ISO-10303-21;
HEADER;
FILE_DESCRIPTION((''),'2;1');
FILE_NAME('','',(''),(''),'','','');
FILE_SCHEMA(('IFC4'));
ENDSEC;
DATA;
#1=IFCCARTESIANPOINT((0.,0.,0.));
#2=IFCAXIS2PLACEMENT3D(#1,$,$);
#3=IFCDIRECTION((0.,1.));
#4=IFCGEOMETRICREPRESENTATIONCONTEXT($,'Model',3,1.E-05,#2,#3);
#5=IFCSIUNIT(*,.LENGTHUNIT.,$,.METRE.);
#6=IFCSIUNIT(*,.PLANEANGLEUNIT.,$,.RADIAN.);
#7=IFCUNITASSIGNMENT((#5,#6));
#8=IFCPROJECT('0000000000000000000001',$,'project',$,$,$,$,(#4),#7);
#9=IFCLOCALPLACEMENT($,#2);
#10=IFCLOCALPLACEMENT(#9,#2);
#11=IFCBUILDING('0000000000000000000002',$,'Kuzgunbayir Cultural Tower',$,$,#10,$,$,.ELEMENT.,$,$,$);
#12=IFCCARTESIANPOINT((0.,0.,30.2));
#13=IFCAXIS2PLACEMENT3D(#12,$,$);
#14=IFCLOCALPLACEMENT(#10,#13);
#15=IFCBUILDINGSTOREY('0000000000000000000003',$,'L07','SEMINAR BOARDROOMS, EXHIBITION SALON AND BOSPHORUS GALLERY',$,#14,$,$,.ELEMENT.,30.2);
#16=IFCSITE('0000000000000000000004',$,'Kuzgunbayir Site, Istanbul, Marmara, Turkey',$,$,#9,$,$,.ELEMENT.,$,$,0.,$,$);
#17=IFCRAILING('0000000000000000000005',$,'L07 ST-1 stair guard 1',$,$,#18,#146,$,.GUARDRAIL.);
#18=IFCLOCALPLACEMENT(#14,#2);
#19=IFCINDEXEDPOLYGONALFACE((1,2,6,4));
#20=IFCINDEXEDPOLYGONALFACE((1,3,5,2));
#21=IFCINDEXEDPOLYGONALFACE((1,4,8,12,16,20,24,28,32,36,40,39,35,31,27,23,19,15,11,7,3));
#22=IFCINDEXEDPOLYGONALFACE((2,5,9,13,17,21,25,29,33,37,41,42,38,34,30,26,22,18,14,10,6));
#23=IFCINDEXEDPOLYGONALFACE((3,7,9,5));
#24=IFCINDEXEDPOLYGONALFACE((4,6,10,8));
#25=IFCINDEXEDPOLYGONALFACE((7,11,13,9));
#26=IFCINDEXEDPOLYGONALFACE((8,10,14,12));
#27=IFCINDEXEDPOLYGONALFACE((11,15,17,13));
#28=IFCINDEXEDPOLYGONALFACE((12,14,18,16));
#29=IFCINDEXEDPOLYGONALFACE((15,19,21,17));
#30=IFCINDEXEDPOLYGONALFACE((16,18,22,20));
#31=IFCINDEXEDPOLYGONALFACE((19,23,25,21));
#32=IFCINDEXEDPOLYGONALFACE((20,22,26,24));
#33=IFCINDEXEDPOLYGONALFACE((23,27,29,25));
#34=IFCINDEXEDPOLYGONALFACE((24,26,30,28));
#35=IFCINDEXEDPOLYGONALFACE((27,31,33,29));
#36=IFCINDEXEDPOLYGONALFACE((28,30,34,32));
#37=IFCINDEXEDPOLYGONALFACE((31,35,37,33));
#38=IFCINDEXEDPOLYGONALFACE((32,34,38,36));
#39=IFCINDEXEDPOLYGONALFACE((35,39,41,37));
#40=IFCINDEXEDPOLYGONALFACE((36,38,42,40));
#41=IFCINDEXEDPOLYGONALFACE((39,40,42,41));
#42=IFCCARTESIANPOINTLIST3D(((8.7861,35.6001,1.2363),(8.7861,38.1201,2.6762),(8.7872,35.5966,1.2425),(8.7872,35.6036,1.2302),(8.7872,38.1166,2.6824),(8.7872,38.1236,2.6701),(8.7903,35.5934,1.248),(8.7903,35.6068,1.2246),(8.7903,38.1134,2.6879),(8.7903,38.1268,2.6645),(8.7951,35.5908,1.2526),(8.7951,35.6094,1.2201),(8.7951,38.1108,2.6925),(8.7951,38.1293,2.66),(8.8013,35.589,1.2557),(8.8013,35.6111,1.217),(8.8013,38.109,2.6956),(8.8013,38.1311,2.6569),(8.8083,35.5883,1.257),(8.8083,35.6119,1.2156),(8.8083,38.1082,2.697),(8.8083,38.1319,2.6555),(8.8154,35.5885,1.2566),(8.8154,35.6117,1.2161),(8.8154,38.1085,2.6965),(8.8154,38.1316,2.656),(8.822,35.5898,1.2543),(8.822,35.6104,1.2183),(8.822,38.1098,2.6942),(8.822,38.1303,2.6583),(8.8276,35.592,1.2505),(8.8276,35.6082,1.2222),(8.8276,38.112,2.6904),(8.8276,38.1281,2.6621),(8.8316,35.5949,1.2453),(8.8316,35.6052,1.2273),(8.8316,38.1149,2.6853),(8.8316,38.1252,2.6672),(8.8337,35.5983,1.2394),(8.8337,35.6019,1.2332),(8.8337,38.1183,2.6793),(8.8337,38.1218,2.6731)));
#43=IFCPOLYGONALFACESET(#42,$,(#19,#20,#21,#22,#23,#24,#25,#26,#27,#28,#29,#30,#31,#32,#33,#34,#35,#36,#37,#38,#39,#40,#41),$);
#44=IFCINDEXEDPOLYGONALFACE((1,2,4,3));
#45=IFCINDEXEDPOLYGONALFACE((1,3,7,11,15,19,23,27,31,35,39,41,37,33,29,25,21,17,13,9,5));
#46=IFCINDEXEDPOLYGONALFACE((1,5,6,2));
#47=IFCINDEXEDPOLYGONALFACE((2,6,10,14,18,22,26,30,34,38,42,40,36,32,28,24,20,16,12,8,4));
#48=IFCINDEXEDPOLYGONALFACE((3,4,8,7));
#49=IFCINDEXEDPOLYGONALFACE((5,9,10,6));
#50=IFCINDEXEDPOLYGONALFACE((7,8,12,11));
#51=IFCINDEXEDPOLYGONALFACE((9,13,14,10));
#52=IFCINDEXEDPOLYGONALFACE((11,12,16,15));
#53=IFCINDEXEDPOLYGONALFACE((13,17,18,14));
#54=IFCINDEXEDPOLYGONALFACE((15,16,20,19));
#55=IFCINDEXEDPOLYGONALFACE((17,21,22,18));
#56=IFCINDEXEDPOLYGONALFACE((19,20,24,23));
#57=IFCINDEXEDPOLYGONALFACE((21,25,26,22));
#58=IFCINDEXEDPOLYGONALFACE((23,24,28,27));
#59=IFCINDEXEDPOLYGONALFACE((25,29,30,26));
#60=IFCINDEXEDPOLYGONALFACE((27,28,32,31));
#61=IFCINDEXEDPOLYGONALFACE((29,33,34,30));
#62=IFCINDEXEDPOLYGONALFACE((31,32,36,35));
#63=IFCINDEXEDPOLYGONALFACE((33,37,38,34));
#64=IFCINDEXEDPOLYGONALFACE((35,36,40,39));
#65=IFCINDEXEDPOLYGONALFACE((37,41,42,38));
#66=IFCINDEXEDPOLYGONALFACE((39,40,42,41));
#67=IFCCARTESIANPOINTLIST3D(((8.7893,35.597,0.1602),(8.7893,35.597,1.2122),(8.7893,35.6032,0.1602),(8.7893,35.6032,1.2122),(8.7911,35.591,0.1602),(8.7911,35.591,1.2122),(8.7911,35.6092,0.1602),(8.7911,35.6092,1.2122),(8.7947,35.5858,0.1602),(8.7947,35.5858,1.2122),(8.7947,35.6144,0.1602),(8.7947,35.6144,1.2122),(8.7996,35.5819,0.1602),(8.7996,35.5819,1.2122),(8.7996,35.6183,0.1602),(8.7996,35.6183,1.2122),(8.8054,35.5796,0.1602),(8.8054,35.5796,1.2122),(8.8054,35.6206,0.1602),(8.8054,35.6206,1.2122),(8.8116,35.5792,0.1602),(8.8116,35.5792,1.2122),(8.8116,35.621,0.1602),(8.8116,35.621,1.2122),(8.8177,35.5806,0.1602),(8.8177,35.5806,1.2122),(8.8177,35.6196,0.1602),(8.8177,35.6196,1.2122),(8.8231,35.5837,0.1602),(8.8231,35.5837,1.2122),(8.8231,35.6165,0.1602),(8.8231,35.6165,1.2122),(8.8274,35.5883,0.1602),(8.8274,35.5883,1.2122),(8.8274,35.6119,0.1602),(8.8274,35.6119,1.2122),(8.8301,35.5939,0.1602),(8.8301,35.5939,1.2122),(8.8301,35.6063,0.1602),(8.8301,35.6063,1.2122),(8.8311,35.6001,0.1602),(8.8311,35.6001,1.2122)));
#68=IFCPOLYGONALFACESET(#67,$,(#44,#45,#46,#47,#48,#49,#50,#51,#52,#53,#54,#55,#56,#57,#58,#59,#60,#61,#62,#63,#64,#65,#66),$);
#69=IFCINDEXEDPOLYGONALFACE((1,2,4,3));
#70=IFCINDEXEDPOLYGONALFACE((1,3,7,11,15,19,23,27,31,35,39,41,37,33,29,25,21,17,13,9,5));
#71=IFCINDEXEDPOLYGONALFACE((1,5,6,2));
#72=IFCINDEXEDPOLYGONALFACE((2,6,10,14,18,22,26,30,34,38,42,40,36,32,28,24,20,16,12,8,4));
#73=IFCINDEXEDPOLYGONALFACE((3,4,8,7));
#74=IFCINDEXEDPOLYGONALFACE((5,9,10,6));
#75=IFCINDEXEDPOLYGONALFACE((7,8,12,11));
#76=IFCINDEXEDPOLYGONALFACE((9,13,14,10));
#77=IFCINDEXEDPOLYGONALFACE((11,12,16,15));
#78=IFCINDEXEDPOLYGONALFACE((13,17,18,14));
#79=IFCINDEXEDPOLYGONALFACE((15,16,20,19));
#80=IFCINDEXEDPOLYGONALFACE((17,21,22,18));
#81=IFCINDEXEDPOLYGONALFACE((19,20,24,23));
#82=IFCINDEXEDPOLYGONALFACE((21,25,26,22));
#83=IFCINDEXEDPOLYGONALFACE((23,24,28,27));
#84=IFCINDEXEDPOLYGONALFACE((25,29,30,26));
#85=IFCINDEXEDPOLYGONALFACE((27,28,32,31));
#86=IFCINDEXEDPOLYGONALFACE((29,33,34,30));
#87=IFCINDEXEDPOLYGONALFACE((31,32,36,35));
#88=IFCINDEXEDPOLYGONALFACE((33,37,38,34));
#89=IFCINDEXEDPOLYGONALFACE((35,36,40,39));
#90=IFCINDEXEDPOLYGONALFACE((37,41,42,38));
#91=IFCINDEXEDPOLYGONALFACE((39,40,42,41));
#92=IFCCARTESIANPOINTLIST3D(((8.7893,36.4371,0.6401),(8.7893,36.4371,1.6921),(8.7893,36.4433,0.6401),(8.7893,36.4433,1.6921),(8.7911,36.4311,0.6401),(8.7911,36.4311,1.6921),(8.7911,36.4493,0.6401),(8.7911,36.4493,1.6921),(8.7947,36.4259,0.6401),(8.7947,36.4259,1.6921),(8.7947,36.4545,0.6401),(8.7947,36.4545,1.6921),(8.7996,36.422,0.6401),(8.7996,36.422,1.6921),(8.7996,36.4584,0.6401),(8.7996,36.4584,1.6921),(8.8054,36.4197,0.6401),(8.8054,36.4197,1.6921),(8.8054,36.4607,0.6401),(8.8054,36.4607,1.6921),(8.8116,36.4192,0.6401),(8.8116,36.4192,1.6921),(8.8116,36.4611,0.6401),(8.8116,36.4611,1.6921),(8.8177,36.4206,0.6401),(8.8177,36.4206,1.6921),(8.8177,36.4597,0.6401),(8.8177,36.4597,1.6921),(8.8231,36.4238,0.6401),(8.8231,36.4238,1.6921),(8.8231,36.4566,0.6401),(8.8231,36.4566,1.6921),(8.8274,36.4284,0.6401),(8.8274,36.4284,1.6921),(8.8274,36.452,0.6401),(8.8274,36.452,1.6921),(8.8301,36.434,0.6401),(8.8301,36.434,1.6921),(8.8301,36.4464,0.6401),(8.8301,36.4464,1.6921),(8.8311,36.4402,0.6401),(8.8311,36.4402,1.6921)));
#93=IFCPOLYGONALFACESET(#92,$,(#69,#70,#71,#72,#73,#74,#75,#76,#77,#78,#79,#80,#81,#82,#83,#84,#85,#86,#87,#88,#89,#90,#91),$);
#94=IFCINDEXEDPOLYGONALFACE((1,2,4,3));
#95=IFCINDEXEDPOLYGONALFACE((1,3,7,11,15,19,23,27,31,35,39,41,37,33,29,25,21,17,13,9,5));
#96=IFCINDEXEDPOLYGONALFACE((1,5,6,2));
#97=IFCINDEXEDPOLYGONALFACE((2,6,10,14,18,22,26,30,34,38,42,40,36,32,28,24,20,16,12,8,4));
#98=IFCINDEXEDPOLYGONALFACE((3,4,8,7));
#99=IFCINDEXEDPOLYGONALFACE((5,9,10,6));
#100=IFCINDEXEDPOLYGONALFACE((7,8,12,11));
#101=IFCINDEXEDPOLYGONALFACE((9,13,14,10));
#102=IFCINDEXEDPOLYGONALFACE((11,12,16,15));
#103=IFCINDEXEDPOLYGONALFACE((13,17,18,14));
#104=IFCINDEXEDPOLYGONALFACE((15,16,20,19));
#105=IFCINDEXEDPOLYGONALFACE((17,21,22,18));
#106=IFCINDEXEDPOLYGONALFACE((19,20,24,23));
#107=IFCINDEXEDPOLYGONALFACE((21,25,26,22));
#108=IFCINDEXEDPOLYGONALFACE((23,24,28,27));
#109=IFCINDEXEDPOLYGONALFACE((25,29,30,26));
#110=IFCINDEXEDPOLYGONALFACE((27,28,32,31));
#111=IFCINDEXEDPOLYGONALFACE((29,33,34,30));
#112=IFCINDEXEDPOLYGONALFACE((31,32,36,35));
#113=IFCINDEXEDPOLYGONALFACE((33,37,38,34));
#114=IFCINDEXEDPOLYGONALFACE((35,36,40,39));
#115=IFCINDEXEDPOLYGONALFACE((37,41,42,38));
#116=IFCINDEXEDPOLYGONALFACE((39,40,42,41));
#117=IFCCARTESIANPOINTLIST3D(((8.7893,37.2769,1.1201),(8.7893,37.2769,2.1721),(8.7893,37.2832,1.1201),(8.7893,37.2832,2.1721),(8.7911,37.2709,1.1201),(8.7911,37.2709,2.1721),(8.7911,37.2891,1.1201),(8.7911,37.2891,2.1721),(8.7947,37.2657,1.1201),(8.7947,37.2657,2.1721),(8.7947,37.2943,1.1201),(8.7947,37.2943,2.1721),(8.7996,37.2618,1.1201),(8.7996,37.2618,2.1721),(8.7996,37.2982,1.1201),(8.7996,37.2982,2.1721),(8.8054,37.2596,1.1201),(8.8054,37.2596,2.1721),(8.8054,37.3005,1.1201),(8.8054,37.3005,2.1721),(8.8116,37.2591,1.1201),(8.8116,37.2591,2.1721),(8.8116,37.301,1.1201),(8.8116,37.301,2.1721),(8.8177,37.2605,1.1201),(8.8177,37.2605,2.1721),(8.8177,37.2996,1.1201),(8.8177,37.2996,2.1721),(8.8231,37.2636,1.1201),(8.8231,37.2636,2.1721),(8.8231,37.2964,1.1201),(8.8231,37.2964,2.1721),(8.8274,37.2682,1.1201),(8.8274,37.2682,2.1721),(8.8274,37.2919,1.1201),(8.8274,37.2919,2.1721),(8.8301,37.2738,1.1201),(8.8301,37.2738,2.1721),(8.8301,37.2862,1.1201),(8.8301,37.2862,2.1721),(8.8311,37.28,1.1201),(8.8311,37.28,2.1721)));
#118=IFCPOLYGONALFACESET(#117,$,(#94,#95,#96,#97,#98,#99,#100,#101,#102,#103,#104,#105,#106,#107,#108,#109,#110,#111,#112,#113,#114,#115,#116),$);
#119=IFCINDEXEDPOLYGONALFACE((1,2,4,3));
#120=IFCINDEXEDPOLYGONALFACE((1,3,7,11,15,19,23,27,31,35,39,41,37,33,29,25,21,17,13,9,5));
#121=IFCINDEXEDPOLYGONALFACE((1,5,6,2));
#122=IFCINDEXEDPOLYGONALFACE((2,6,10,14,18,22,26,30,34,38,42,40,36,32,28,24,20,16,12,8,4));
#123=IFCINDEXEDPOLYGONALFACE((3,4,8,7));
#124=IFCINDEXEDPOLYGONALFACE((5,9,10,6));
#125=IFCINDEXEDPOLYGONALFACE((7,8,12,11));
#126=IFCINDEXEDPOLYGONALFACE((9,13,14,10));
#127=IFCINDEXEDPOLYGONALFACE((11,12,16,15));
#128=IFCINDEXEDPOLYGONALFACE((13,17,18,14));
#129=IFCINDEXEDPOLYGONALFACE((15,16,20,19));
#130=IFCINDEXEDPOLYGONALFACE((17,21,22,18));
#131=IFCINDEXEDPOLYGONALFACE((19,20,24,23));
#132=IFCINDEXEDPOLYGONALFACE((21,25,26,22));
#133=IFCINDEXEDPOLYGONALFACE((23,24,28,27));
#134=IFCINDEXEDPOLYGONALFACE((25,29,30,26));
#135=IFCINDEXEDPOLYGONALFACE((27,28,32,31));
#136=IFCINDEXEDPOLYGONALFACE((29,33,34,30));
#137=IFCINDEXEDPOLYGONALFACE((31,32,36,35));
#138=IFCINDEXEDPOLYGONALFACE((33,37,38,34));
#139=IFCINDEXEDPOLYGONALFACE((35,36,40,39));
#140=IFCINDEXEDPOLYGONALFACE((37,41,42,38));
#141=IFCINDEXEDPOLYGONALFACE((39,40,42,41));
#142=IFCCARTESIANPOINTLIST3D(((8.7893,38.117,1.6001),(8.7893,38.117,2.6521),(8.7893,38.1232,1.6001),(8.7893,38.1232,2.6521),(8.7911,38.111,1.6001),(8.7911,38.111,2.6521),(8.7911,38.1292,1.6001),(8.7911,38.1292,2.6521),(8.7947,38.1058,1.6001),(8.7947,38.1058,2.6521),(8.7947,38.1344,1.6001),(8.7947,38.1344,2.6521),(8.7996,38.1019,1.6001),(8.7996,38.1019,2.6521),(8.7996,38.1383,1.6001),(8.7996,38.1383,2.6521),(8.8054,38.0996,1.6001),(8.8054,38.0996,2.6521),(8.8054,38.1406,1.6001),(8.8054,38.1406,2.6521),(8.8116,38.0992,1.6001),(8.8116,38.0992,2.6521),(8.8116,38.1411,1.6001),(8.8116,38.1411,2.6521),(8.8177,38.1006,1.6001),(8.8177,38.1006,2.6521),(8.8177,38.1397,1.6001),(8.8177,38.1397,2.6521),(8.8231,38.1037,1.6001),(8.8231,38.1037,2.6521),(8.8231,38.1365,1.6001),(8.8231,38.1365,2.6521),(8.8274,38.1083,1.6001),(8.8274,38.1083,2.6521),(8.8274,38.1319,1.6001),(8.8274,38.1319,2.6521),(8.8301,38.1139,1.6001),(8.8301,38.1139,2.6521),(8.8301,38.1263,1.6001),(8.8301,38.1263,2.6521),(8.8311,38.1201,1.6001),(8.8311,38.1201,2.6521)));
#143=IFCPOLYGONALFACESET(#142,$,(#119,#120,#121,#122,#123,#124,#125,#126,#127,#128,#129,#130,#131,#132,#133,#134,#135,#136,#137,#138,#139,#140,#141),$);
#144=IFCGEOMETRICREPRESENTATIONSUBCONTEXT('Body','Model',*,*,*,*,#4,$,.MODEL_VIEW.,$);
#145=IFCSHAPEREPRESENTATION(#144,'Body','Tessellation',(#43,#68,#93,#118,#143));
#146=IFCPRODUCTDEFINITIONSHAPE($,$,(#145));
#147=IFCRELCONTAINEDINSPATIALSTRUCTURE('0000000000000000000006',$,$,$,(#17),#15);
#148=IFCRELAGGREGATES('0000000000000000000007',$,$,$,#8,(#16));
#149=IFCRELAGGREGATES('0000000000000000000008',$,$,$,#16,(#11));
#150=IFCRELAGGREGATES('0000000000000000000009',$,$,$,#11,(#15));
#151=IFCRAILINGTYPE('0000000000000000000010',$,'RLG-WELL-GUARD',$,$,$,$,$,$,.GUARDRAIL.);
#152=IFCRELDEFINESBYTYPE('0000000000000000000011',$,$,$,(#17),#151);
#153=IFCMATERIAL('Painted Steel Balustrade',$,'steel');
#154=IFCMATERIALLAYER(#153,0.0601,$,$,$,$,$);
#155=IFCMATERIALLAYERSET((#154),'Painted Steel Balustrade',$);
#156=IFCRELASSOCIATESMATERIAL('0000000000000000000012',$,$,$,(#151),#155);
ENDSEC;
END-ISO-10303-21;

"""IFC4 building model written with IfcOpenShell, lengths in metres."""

from ifc_helpers import new_model, si_unit, direction, frame, origin, origin_2d, place, context, subcontext, project, spatial, circle, extrude, material, layer, layer_set, type_object, element, save


model = new_model("IFC4")

# Units and contexts
model_context = context("Model", 3, precision=1e-05, world=origin(), true_north=direction((0.0, 1.0)))
body_context = subcontext(model_context, "Body", "Model", "MODEL_VIEW")
ifc_project = project(units=[si_unit("LENGTHUNIT", "METRE"), si_unit("PLANEANGLEUNIT", "RADIAN")], contexts=[model_context])

# Site, building, storey
site_placement = place(None, origin())
site = spatial("IfcSite", under=ifc_project, at=site_placement, Name="Kuzgunbayir Site, Istanbul, Marmara, Turkey", CompositionType="ELEMENT", RefElevation=0.0)
building_placement = place(site_placement, origin())
building = spatial("IfcBuilding", under=site, at=building_placement, Name="Kuzgunbayir Cultural Tower", CompositionType="ELEMENT")
storey_placement = place(building_placement, frame((0.0, 0.0, 30.2)))
storey = spatial("IfcBuildingStorey", under=building, at=storey_placement, Name="L07", Description="SEMINAR BOARDROOMS, EXHIBITION SALON AND BOSPHORUS GALLERY", CompositionType="ELEMENT", Elevation=30.2)

# Railing
ifc_material_1 = material(Name="Painted Steel Balustrade", Category="steel")
ifc_layer_1 = layer(ifc_material_1, 0.0601)
ifc_layer_set_1 = layer_set([ifc_layer_1], Name="Painted Steel Balustrade")
railing_type_1 = type_object("IfcRailingType", Name="RLG-WELL-GUARD", PredefinedType="GUARDRAIL", material=ifc_layer_set_1)
railing_1_placement = place(storey_placement, frame((8.8101, 35.6001, 0.1602)))
element("IfcRailing", 1, at=railing_1_placement, inside=storey, type_object=railing_type_1, Name="L07 ST-1 stair guard 1", PredefinedType="GUARDRAIL", context=body_context, shape_type="SweptSolid", body=[
    extrude(circle(Radius=0.0239, at=origin_2d()), frame((0.0, 0.0, 1.0762), z_axis=(0.0, 0.868253, 0.496121), x_axis=(-1.0, 0.0, 0.0)), (0.0, 0.0, 1.0), 2.9023),
    extrude(circle(Radius=0.021, at=origin_2d()), origin(), (0.0, 0.0, 1.0), 1.052),
    extrude(circle(Radius=0.021, at=origin_2d()), frame((0.0, 0.8401, 0.48)), (0.0, 0.0, 1.0), 1.052),
    extrude(circle(Radius=0.021, at=origin_2d()), frame((0.0, 1.6799, 0.96)), (0.0, 0.0, 1.0), 1.052),
    extrude(circle(Radius=0.021, at=origin_2d()), frame((0.0, 2.52, 1.4399)), (0.0, 0.0, 1.0), 1.052),
])

save(model, "model.ifc")
